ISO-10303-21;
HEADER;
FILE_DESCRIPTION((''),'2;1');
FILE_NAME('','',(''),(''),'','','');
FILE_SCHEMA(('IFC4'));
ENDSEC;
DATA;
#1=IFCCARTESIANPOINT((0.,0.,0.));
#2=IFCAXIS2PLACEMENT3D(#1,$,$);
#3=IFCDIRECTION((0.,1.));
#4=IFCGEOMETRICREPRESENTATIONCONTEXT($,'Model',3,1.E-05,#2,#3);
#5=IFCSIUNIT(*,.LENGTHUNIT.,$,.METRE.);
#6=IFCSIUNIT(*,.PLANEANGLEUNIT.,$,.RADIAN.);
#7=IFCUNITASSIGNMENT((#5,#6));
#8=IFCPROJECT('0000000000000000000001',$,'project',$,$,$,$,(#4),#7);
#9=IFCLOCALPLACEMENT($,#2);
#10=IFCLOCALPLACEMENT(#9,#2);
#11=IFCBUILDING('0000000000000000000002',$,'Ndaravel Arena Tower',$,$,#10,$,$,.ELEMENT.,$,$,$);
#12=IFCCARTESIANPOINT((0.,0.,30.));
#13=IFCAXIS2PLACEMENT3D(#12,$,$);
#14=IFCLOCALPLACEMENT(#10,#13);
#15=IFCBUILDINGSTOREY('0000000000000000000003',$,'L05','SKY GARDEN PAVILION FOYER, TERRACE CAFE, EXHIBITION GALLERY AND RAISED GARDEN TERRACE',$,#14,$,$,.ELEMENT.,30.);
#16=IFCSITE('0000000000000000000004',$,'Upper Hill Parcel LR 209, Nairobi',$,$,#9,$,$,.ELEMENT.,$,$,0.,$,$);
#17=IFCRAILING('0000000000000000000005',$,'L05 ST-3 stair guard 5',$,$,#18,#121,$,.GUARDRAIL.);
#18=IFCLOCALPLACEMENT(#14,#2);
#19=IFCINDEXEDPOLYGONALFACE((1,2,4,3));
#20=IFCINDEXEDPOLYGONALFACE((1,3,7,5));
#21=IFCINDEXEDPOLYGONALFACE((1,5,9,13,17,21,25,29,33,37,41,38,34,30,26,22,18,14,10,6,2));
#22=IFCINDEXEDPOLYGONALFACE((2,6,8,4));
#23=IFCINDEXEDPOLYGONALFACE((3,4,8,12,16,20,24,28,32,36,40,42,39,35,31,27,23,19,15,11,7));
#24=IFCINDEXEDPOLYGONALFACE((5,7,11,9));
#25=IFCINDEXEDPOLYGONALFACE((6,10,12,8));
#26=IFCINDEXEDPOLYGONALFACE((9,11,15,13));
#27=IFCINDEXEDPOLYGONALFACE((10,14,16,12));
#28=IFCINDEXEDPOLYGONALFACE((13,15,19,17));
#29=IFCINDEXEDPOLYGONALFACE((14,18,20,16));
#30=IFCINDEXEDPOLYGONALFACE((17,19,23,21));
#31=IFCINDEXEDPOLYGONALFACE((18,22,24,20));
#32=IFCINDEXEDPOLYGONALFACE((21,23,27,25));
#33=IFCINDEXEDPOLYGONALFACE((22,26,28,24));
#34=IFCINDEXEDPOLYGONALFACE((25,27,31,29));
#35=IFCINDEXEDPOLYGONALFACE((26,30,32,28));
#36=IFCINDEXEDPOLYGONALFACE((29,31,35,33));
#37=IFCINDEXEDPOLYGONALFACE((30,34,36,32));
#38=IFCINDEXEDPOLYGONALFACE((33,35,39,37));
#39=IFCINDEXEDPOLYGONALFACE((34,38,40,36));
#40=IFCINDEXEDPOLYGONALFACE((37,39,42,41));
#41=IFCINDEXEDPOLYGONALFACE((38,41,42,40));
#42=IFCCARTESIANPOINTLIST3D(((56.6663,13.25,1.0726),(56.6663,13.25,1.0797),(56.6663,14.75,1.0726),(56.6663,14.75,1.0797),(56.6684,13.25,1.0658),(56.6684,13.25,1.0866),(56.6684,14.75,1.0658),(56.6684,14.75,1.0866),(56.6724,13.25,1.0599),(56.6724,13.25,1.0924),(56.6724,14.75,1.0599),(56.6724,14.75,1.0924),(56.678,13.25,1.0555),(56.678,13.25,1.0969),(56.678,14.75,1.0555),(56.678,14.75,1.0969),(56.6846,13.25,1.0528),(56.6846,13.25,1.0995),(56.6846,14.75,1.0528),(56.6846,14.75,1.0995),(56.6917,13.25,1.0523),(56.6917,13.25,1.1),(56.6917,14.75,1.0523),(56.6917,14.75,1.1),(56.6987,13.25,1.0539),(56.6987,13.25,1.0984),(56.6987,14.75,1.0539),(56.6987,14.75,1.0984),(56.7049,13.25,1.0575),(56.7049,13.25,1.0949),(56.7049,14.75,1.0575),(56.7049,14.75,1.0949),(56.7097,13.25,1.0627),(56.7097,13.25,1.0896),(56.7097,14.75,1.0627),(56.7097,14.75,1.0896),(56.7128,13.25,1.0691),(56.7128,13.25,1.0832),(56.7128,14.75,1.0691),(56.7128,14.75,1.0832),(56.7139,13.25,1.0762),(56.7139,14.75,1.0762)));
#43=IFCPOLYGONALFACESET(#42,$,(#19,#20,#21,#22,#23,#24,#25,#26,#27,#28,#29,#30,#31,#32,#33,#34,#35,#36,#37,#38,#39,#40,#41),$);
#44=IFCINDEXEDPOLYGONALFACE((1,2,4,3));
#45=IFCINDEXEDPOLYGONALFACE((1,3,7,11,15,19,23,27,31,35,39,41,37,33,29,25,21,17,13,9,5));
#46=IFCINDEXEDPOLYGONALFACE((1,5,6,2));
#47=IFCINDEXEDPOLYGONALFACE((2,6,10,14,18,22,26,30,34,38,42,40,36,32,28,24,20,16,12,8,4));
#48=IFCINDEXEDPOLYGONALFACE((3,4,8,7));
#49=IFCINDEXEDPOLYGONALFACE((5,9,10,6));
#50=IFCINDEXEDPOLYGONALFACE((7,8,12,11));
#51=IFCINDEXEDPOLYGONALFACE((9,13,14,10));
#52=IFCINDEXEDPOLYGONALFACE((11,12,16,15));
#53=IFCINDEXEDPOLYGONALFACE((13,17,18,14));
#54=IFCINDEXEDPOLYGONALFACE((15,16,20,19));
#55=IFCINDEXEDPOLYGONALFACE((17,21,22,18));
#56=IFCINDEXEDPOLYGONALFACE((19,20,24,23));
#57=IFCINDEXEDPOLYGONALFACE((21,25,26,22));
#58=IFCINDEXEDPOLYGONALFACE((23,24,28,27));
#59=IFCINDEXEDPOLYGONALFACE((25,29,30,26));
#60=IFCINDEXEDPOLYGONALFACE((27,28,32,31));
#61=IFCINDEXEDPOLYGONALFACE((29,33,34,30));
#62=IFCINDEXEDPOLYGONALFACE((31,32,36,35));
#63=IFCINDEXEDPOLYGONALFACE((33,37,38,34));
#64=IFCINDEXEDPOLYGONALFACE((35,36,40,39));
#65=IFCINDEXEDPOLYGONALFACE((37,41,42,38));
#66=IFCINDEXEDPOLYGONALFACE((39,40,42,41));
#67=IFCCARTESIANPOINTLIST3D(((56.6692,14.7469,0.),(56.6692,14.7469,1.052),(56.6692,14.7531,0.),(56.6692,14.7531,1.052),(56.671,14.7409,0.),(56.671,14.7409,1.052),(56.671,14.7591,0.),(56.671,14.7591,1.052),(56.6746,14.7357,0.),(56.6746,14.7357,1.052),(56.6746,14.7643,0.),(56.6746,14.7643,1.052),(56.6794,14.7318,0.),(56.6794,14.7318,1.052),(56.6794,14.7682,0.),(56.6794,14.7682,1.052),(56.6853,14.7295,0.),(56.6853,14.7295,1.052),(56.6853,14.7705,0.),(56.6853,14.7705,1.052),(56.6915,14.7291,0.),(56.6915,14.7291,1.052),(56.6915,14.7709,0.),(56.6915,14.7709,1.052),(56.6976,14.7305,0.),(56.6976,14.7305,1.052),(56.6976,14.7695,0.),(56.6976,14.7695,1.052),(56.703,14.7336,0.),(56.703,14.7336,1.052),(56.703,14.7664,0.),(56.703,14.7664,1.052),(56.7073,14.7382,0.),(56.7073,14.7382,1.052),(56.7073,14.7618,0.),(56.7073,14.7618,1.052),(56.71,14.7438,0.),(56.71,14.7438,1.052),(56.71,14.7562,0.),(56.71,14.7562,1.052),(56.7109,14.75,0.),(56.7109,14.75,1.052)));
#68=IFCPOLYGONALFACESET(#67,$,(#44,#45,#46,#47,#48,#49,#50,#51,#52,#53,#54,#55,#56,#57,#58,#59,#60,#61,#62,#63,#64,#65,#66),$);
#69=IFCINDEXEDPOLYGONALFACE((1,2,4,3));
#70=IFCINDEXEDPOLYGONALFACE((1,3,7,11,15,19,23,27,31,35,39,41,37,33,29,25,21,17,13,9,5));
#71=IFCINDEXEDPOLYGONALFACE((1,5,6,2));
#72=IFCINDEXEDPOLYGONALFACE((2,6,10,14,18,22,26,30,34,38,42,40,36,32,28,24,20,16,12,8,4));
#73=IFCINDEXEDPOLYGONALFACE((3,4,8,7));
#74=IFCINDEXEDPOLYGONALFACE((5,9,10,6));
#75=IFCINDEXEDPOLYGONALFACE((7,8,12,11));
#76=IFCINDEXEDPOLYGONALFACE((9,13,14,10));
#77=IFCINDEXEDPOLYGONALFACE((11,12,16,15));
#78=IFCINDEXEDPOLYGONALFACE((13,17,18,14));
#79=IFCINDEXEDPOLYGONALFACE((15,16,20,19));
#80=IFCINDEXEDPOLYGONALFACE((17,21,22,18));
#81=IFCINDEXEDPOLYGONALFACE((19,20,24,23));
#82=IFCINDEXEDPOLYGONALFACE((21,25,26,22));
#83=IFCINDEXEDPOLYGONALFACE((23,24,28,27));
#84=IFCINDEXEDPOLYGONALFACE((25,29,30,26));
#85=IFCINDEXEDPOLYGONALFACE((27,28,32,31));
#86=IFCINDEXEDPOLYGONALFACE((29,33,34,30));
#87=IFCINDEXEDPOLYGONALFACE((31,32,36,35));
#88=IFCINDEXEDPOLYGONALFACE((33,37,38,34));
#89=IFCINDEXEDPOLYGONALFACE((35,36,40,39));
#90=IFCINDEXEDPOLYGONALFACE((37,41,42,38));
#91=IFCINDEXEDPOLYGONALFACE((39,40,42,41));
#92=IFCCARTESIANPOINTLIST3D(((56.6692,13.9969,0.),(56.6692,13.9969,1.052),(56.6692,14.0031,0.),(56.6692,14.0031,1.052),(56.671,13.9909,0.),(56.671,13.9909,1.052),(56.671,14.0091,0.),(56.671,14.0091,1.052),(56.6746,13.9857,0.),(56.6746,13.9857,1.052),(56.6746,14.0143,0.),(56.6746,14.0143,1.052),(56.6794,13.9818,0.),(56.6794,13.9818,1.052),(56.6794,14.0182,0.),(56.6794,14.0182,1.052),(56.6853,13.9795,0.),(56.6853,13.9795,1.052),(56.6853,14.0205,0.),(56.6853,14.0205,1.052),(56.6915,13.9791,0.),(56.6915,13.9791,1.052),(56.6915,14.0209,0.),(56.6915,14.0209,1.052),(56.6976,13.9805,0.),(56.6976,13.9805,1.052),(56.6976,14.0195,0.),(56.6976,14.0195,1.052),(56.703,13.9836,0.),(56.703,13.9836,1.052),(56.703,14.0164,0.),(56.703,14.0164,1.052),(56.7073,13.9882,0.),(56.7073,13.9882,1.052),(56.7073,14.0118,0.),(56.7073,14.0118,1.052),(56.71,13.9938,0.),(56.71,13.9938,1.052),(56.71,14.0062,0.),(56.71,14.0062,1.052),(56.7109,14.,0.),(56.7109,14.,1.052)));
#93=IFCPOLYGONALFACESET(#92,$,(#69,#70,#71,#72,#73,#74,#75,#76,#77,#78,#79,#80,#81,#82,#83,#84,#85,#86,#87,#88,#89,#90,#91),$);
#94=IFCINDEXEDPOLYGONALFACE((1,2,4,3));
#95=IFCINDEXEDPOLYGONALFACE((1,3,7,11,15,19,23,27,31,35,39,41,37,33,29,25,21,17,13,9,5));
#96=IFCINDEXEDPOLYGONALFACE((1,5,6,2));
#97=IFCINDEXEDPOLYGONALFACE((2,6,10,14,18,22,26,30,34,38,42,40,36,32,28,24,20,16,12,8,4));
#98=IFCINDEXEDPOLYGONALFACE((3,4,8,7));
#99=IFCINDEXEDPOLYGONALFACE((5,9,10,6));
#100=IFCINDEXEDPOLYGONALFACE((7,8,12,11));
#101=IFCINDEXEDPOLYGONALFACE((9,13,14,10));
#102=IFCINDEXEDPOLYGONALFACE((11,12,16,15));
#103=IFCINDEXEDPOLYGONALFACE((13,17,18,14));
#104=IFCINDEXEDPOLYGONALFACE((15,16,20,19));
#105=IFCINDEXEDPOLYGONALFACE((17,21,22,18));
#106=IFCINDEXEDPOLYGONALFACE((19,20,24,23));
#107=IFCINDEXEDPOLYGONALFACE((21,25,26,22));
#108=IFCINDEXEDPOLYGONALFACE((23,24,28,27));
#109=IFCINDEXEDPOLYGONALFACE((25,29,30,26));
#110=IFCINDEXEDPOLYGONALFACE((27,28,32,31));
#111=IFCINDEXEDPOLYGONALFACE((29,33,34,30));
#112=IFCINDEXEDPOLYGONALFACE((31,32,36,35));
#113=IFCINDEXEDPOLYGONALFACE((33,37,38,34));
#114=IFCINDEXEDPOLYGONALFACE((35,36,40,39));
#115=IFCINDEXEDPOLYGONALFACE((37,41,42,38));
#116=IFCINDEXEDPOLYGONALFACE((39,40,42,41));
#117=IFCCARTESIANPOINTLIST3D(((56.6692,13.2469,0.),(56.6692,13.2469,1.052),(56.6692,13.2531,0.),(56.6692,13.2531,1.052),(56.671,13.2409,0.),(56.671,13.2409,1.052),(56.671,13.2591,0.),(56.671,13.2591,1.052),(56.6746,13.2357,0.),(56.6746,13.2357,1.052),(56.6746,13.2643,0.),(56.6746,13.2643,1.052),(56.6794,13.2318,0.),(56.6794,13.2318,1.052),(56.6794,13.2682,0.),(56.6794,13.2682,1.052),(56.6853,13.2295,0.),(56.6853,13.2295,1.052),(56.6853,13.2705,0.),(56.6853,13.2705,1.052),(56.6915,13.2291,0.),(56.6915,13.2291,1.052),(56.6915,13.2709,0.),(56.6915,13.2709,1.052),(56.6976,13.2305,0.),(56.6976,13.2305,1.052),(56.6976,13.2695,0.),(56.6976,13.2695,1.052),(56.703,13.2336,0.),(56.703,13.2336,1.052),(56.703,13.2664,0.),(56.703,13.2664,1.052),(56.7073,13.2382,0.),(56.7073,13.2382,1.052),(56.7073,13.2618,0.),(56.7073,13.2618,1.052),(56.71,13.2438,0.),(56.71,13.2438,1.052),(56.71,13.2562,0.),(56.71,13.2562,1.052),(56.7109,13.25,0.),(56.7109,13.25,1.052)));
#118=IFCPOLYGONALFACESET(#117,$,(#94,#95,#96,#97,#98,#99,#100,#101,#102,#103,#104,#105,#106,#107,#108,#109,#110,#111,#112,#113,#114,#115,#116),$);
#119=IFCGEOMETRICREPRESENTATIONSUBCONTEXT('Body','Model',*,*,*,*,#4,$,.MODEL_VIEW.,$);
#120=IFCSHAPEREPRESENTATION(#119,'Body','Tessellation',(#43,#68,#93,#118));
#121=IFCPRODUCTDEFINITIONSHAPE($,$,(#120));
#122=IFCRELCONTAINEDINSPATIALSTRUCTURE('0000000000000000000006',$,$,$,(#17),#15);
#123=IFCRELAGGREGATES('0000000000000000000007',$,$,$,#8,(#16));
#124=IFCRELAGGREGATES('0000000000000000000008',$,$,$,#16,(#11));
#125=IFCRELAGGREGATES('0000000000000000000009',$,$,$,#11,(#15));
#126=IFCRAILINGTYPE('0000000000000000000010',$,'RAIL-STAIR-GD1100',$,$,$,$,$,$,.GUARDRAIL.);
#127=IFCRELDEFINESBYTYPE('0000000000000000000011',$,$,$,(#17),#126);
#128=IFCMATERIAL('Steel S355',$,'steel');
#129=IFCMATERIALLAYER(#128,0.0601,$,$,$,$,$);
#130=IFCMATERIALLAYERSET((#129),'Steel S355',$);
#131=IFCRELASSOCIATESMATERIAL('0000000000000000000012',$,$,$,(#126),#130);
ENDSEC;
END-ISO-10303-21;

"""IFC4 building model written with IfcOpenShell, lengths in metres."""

from ifc_helpers import new_model, si_unit, direction, frame, origin, origin_2d, place, context, subcontext, project, spatial, circle, extrude, material, layer, layer_set, type_object, element, save


model = new_model("IFC4")

# Units and contexts
model_context = context("Model", 3, precision=1e-05, world=origin(), true_north=direction((0.0, 1.0)))
body_context = subcontext(model_context, "Body", "Model", "MODEL_VIEW")
ifc_project = project(units=[si_unit("LENGTHUNIT", "METRE"), si_unit("PLANEANGLEUNIT", "RADIAN")], contexts=[model_context])

# Site, building, storey
site_placement = place(None, origin())
site = spatial("IfcSite", under=ifc_project, at=site_placement, Name="Upper Hill Parcel LR 209, Nairobi", CompositionType="ELEMENT", RefElevation=0.0)
building_placement = place(site_placement, origin())
building = spatial("IfcBuilding", under=site, at=building_placement, Name="Ndaravel Arena Tower", CompositionType="ELEMENT")
storey_placement = place(building_placement, frame((0.0, 0.0, 30.0)))
storey = spatial("IfcBuildingStorey", under=building, at=storey_placement, Name="L05", Description="SKY GARDEN PAVILION FOYER, TERRACE CAFE, EXHIBITION GALLERY AND RAISED GARDEN TERRACE", CompositionType="ELEMENT", Elevation=30.0)

# Railing
ifc_material_1 = material(Name="Steel S355", Category="steel")
ifc_layer_1 = layer(ifc_material_1, 0.0601)
ifc_layer_set_1 = layer_set([ifc_layer_1], Name="Steel S355")
railing_type = type_object("IfcRailingType", Name="RAIL-STAIR-GD1100", PredefinedType="GUARDRAIL", material=ifc_layer_set_1)
railing_1_placement = place(storey_placement, frame((56.6899, 14.75, 0.0)))
element("IfcRailing", 1, at=railing_1_placement, inside=storey, type_object=railing_type, Name="L05 ST-3 stair guard 5", PredefinedType="GUARDRAIL", context=body_context, shape_type="SweptSolid", body=[
    extrude(circle(Radius=0.0239, at=origin_2d()), frame((0.0, 0.0, 1.0762), z_axis=(0.0, -1.0, 0.0), x_axis=(1.0, 0.0, 0.0)), (0.0, 0.0, 1.0), 1.5),
    extrude(circle(Radius=0.021, at=origin_2d()), origin(), (0.0, 0.0, 1.0), 1.052),
    extrude(circle(Radius=0.021, at=origin_2d()), frame((0.0, -0.75, 0.0)), (0.0, 0.0, 1.0), 1.052),
    extrude(circle(Radius=0.021, at=origin_2d()), frame((0.0, -1.5, 0.0)), (0.0, 0.0, 1.0), 1.052),
])

save(model, "model.ifc")
